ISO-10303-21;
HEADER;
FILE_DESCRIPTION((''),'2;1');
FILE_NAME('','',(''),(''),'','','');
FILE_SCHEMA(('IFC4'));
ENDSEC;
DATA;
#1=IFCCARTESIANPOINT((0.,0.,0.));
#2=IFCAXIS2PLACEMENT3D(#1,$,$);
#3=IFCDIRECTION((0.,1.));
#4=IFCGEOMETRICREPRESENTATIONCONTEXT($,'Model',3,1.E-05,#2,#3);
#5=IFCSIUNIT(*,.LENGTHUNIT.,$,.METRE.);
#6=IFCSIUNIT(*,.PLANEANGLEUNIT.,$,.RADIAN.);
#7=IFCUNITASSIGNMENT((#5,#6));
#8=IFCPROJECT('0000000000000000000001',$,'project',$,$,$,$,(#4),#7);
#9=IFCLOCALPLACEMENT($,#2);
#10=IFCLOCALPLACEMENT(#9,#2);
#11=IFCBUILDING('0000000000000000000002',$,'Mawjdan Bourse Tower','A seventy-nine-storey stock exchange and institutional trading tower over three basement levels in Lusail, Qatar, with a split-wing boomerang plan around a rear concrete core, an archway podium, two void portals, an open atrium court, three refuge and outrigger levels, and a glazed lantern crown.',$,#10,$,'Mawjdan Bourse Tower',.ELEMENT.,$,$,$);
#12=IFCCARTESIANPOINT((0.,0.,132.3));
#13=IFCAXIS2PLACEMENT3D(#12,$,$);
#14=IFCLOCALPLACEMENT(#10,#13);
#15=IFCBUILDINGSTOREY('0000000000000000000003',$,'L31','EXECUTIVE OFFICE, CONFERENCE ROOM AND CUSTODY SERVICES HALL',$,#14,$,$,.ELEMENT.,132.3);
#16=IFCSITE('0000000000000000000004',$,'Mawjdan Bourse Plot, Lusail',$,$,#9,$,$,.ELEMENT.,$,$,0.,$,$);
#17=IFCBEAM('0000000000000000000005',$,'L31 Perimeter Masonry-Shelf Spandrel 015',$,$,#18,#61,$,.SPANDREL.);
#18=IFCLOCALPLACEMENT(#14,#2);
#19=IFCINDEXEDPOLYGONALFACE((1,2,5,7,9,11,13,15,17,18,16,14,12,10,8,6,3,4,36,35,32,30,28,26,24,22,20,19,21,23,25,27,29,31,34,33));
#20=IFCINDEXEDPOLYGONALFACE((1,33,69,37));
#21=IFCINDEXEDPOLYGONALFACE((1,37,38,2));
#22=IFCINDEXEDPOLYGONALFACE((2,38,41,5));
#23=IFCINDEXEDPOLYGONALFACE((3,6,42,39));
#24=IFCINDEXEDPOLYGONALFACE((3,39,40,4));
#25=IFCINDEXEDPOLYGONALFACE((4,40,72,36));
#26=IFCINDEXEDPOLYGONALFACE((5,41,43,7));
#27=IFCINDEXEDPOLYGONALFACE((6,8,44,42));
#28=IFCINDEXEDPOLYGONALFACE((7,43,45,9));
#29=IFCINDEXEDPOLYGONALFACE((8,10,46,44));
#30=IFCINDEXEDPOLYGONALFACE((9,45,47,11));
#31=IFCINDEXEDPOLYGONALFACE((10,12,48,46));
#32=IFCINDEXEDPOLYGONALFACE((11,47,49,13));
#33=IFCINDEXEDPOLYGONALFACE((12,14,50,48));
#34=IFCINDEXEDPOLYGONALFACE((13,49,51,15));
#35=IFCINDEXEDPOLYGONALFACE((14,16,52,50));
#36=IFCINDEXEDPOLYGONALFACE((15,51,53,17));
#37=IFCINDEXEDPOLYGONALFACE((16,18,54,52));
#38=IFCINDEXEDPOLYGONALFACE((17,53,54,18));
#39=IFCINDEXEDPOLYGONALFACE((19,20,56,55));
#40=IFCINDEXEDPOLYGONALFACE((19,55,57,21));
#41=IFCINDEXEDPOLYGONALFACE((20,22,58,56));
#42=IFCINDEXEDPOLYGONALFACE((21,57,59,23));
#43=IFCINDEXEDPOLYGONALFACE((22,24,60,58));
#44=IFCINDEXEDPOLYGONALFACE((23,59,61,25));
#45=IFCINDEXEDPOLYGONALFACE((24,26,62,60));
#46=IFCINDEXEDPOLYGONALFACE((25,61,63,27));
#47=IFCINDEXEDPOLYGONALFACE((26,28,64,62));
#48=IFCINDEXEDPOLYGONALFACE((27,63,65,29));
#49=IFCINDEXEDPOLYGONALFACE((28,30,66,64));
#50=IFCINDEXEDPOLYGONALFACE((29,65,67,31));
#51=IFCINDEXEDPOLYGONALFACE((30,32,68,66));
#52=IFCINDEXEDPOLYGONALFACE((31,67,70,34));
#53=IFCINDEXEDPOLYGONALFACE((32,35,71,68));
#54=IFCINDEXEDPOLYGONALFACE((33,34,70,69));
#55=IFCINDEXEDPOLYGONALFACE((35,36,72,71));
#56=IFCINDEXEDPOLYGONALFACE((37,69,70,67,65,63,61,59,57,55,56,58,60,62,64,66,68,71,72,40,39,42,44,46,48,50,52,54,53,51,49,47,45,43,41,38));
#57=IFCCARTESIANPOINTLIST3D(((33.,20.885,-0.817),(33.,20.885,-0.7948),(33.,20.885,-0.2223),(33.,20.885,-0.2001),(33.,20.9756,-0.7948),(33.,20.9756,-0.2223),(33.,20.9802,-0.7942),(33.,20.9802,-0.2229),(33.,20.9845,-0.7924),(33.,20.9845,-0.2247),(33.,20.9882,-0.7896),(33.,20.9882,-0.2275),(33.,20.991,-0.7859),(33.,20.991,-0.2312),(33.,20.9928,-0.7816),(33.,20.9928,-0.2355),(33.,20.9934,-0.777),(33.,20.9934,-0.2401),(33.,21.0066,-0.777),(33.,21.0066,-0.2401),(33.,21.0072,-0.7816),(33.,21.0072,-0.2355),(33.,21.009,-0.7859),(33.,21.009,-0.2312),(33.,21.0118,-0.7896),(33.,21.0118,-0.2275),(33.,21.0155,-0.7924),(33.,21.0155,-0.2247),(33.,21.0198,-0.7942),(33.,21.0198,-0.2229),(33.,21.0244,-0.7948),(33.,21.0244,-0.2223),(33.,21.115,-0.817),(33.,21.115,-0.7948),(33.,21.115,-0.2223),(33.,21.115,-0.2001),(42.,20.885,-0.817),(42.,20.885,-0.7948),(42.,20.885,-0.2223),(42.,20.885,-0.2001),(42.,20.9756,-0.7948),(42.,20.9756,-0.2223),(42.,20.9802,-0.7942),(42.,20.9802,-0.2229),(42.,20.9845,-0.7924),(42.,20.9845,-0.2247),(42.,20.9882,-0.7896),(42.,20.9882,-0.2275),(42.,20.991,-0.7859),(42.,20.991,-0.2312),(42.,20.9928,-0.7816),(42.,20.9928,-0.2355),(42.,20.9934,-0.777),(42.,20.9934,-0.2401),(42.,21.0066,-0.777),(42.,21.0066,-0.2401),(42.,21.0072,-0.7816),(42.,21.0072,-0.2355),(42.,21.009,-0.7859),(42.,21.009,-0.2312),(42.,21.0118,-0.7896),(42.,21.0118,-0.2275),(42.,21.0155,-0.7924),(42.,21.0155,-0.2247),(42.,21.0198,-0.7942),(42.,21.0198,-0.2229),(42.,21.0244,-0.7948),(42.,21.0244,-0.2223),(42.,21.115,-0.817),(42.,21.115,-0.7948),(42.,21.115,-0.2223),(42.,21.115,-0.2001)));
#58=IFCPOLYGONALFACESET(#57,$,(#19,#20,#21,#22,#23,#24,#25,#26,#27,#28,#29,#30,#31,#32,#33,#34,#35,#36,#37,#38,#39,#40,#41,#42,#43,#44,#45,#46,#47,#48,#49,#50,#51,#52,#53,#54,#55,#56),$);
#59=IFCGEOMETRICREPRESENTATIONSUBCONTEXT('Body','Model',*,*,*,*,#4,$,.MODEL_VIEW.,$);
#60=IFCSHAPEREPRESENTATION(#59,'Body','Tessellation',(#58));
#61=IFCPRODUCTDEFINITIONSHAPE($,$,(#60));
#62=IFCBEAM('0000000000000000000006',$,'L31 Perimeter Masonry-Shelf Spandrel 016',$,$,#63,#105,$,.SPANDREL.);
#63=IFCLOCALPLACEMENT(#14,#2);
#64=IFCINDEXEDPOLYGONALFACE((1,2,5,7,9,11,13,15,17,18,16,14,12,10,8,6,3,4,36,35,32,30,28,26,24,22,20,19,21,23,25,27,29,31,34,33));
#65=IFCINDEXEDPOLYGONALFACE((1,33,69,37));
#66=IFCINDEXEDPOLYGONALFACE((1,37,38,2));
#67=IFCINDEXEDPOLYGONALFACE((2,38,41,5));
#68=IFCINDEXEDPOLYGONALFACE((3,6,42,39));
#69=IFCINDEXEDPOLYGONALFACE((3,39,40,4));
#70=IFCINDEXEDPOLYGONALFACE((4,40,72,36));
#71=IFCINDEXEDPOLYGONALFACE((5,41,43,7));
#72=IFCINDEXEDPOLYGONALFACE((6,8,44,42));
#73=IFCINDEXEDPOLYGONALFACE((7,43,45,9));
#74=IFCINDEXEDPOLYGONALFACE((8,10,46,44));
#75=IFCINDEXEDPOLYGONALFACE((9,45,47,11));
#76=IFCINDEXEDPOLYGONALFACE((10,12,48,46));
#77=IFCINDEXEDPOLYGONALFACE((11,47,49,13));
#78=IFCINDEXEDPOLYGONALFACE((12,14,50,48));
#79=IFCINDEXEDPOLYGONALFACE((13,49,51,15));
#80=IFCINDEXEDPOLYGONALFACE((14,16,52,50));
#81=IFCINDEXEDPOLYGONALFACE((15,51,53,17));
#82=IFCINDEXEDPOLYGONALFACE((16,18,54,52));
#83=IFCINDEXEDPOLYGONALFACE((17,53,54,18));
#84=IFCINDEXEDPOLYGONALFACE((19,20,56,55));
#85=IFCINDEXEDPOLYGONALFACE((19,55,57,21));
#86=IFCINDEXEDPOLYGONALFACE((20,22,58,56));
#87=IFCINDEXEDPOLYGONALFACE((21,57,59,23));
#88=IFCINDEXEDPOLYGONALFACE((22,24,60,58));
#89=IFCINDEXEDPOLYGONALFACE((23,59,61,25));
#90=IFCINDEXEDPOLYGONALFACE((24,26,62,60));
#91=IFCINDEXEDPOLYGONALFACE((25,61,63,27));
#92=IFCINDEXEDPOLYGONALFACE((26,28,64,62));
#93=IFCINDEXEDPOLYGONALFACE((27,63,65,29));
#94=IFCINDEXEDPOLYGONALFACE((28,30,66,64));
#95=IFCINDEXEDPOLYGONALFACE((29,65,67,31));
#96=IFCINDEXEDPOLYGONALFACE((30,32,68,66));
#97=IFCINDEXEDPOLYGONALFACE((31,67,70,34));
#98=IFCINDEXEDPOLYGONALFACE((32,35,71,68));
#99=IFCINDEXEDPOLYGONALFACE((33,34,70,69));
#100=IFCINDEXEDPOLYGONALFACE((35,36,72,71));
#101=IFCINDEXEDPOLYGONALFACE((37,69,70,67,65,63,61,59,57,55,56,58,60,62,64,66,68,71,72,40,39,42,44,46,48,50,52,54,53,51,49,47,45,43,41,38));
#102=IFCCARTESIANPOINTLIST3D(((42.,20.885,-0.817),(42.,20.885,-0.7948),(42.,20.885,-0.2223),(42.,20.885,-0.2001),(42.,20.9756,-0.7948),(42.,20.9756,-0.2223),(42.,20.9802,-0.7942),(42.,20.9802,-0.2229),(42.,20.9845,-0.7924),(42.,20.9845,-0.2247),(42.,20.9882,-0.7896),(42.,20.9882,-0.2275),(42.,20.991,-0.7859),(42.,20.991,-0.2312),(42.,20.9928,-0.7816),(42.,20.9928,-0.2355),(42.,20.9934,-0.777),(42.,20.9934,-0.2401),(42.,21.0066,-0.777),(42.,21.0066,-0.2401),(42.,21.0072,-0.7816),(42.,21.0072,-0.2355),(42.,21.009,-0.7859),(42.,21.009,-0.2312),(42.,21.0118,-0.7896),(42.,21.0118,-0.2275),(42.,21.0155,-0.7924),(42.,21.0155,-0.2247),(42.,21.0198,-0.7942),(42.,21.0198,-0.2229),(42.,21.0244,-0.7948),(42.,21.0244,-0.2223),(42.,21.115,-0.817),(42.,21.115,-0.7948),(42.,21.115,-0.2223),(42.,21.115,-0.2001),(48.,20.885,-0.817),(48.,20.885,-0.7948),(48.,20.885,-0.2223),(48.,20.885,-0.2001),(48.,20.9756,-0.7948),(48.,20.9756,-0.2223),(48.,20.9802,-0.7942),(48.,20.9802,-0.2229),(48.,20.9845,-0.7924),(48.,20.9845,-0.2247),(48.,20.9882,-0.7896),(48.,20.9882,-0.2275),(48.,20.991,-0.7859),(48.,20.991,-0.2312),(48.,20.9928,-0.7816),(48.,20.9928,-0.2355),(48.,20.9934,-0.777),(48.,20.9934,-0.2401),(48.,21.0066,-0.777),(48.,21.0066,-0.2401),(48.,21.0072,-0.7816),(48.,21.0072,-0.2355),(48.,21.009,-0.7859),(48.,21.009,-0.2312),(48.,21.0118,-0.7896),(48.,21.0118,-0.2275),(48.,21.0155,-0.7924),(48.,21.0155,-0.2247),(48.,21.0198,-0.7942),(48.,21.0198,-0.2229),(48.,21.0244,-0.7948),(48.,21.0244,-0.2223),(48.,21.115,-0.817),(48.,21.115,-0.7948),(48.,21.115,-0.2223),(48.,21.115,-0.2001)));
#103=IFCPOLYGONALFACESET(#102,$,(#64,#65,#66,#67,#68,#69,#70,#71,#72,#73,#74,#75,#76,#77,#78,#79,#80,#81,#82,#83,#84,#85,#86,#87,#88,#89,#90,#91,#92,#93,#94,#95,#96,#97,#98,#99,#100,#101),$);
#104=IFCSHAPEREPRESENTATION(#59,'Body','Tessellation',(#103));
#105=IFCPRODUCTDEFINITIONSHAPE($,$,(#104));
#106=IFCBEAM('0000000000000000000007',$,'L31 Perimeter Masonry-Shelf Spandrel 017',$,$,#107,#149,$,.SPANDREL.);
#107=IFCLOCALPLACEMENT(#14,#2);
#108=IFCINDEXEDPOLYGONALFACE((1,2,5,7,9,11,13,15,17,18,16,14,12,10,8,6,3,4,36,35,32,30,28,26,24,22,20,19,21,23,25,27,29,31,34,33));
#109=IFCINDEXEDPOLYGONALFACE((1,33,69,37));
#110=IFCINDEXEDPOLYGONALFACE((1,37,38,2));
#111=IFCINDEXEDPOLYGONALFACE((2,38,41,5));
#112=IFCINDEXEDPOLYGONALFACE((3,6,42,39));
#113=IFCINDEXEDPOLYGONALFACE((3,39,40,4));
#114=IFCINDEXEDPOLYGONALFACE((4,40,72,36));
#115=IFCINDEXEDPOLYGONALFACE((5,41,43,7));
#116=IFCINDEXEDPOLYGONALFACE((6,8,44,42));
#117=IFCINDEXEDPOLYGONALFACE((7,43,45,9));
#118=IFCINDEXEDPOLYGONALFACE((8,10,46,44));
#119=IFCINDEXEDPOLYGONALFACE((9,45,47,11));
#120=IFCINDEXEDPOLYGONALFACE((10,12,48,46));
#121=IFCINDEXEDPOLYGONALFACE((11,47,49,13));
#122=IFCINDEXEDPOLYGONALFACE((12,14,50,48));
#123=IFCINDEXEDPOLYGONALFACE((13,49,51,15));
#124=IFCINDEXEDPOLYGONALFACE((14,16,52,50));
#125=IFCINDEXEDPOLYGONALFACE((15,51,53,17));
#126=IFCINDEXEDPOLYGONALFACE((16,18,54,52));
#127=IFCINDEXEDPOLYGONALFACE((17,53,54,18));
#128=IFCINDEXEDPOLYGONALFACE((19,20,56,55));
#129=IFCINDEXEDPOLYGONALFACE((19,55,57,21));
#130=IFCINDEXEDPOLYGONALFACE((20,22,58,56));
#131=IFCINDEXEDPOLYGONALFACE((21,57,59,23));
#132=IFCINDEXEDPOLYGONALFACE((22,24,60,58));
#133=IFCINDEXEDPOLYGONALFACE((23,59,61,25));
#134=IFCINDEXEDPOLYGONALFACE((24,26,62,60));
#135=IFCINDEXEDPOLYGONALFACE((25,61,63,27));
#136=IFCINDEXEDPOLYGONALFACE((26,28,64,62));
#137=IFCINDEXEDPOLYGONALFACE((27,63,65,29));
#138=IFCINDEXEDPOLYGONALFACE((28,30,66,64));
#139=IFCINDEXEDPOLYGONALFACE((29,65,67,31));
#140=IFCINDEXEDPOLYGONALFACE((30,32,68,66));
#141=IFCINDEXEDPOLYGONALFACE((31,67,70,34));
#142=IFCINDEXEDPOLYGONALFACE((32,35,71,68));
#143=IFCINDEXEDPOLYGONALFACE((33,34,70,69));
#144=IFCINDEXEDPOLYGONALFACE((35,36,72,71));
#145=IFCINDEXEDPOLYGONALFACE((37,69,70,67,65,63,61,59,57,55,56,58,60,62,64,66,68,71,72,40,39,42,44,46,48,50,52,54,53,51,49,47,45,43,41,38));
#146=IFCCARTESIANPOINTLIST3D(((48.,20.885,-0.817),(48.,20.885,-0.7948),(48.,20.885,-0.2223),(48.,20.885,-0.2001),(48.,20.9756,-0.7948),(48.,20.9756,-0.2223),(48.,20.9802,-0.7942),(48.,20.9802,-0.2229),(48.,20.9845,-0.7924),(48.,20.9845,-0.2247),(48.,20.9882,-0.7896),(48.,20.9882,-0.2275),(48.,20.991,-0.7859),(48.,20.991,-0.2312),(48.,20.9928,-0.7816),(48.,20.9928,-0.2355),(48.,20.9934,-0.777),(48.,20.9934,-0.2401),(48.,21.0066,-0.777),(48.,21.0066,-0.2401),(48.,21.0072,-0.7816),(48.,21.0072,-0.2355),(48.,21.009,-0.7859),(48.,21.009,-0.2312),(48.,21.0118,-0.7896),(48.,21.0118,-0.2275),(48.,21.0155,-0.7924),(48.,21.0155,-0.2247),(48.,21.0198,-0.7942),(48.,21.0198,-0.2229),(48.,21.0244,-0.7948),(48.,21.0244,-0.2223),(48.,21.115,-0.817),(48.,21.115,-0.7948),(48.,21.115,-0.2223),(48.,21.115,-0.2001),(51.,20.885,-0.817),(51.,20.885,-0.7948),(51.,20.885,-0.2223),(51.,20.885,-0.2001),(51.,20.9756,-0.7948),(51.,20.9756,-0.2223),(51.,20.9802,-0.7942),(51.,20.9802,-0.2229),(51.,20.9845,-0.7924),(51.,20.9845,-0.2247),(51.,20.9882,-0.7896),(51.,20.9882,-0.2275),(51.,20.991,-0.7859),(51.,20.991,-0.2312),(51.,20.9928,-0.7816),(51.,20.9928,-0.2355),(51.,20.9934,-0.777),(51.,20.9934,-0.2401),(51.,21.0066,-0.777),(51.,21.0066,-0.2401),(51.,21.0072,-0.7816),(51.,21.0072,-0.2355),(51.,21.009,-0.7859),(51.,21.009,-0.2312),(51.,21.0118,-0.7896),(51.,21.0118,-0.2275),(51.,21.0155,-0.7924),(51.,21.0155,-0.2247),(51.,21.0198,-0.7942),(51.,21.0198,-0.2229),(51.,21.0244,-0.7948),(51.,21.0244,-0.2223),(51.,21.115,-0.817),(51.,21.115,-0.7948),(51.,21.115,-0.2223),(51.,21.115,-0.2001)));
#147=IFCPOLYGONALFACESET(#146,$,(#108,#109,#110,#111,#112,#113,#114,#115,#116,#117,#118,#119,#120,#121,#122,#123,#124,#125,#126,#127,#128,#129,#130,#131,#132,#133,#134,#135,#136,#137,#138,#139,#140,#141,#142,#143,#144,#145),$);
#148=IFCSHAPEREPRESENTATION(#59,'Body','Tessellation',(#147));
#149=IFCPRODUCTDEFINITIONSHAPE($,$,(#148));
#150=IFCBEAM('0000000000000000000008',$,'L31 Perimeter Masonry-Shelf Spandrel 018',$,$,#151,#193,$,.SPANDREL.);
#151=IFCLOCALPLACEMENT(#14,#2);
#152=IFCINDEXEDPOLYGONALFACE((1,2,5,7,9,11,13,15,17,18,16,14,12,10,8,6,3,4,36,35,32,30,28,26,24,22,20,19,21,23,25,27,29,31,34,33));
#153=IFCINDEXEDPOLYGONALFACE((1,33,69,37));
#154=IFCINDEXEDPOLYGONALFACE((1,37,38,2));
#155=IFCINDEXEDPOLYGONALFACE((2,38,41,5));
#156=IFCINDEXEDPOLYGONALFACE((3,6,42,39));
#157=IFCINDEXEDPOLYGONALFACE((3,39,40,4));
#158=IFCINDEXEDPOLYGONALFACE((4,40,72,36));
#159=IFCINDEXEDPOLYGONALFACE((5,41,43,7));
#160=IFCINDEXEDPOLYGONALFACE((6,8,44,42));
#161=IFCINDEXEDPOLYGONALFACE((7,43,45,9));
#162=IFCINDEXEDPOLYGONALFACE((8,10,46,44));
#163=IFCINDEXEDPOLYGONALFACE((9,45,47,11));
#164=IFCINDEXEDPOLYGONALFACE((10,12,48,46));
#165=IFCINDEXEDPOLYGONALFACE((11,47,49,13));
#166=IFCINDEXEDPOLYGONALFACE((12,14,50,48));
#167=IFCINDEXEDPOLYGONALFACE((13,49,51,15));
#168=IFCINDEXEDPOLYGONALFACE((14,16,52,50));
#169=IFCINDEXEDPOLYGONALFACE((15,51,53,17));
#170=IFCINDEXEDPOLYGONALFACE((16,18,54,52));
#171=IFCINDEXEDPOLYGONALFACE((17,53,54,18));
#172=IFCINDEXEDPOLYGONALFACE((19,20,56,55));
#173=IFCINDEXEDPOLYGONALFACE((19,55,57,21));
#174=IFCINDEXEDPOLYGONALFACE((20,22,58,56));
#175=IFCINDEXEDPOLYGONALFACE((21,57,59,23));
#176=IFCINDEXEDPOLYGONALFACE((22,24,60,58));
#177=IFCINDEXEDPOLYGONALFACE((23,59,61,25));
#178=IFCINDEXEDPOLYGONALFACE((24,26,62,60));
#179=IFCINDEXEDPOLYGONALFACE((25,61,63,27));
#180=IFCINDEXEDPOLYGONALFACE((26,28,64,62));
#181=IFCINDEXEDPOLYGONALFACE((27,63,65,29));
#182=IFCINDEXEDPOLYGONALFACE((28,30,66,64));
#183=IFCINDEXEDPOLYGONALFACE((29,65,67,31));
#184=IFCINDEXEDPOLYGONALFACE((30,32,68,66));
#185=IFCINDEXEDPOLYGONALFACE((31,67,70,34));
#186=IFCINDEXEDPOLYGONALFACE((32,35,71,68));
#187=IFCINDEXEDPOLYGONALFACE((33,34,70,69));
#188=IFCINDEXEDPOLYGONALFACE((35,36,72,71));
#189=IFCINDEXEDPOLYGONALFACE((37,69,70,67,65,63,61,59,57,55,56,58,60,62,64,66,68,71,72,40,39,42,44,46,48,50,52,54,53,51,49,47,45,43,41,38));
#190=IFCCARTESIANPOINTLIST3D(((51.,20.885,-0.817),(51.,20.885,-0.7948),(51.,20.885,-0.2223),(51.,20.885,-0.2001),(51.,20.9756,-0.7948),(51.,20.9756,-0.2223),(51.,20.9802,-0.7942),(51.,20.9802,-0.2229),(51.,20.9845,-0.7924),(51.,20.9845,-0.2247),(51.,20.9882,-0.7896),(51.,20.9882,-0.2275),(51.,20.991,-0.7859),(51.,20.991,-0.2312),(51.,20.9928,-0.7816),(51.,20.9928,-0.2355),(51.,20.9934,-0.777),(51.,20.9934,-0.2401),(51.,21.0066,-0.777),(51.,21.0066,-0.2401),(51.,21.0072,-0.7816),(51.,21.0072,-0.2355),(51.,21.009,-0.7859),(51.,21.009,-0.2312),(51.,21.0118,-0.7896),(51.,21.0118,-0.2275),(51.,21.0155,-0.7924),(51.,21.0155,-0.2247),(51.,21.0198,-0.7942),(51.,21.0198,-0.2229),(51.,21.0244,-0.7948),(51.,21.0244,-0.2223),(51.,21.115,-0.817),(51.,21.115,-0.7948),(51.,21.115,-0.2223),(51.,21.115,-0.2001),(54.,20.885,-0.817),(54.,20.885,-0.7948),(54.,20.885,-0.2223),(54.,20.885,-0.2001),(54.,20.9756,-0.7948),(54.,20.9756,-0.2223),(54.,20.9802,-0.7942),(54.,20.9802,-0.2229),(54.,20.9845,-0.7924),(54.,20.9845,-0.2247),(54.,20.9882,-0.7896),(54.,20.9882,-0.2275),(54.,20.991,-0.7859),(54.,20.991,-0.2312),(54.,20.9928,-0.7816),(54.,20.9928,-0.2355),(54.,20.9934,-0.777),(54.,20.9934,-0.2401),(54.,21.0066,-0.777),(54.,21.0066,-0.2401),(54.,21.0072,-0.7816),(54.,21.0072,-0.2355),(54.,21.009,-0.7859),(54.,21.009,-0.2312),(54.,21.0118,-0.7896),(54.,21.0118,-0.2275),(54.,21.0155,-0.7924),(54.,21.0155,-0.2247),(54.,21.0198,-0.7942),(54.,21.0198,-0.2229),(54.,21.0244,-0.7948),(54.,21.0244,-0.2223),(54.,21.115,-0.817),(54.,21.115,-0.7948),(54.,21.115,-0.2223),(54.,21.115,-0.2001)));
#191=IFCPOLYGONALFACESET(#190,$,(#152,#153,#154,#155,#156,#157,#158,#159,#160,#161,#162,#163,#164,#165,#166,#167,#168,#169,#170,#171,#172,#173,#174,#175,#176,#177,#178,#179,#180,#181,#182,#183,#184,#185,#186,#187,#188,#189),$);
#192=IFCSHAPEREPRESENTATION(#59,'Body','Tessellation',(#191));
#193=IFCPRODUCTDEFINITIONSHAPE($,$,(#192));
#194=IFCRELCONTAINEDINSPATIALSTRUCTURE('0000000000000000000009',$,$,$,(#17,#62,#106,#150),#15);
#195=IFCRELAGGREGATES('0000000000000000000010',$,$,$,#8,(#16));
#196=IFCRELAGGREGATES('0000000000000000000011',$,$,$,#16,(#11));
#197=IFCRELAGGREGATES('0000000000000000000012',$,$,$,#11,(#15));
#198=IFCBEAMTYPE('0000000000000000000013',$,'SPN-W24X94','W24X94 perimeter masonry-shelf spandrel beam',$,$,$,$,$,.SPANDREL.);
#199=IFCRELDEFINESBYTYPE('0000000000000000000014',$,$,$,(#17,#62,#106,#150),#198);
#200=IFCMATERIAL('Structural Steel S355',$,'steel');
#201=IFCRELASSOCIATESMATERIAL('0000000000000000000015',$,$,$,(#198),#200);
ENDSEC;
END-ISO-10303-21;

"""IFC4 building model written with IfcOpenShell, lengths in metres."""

from ifc_helpers import new_model, si_unit, direction, frame, origin, origin_2d, place, context, subcontext, project, spatial, i_section, extrude, material, material_profile, profile_set, type_object, element, save


model = new_model("IFC4")

# Units and contexts
model_context = context("Model", 3, precision=1e-05, world=origin(), true_north=direction((0.0, 1.0)))
body_context = subcontext(model_context, "Body", "Model", "MODEL_VIEW")
ifc_project = project(units=[si_unit("LENGTHUNIT", "METRE"), si_unit("PLANEANGLEUNIT", "RADIAN")], contexts=[model_context])

# Site, building, storey
site_placement = place(None, origin())
site = spatial("IfcSite", under=ifc_project, at=site_placement, Name="Mawjdan Bourse Plot, Lusail", CompositionType="ELEMENT", RefElevation=0.0)
building_placement = place(site_placement, origin())
building = spatial("IfcBuilding", under=site, at=building_placement, Name="Mawjdan Bourse Tower", Description="A seventy-nine-storey stock exchange and institutional trading tower over three basement levels in Lusail, Qatar, with a split-wing boomerang plan around a rear concrete core, an archway podium, two void portals, an open atrium court, three refuge and outrigger levels, and a glazed lantern crown.", LongName="Mawjdan Bourse Tower", CompositionType="ELEMENT")
storey_placement = place(building_placement, frame((0.0, 0.0, 132.3)))
storey = spatial("IfcBuildingStorey", under=building, at=storey_placement, Name="L31", Description="EXECUTIVE OFFICE, CONFERENCE ROOM AND CUSTODY SERVICES HALL", CompositionType="ELEMENT", Elevation=132.3)

# Shared definitions
ifc_material_1 = material(Name="Structural Steel S355", Category="steel")

# Beams
ifc_material_profile_1 = material_profile(ifc_material_1, i_section(OverallWidth=0.23, OverallDepth=0.6169, WebThickness=0.0132, FlangeThickness=0.0222, FilletRadius=0.0178, at=origin_2d()), Name="W24X94")
ifc_profile_set_1 = profile_set([ifc_material_profile_1], Name="Structural Steel S355")
beam_type_1 = type_object("IfcBeamType", Name="SPN-W24X94", Description="W24X94 perimeter masonry-shelf spandrel beam", PredefinedType="SPANDREL", material=ifc_profile_set_1)
beam_1_placement = place(storey_placement, frame((33.0, 21.0, -0.5085), z_axis=(1.0, 0.0, 0.0), x_axis=(0.0, 1.0, 0.0)))
element("IfcBeam", 1, at=beam_1_placement, inside=storey, type_object=beam_type_1, Name="L31 Perimeter Masonry-Shelf Spandrel 015", PredefinedType="SPANDREL", context=body_context, shape_type="SweptSolid", body=[
    extrude(i_section(OverallWidth=0.23, OverallDepth=0.6169, WebThickness=0.0132, FlangeThickness=0.0222, FilletRadius=0.0178, at=origin_2d()), origin(), (0.0, 0.0, 1.0), 9.0),
])
beam_2_placement = place(storey_placement, frame((42.0, 21.0, -0.5085), z_axis=(1.0, 0.0, 0.0), x_axis=(0.0, 1.0, 0.0)))
element("IfcBeam", 2, at=beam_2_placement, inside=storey, type_object=beam_type_1, Name="L31 Perimeter Masonry-Shelf Spandrel 016", PredefinedType="SPANDREL", context=body_context, shape_type="SweptSolid", body=[
    extrude(i_section(OverallWidth=0.23, OverallDepth=0.6169, WebThickness=0.0132, FlangeThickness=0.0222, FilletRadius=0.0178, at=origin_2d()), origin(), (0.0, 0.0, 1.0), 6.0),
])
for number, where, z_axis, x_axis, name in (
    (3, (48.0, 21.0, -0.5085), (1.0, 0.0, 0.0), (0.0, 1.0, 0.0), "L31 Perimeter Masonry-Shelf Spandrel 017"),
    (4, (51.0, 21.0, -0.5085), (1.0, 0.0, 0.0), (0.0, 1.0, 0.0), "L31 Perimeter Masonry-Shelf Spandrel 018"),
):
    element("IfcBeam", number, at=place(storey_placement, frame(where, z_axis=z_axis, x_axis=x_axis)), inside=storey, type_object=beam_type_1, Name=name, PredefinedType="SPANDREL", context=body_context, shape_type="SweptSolid", body=[
        extrude(i_section(OverallWidth=0.23, OverallDepth=0.6169, WebThickness=0.0132, FlangeThickness=0.0222, FilletRadius=0.0178, at=origin_2d()), origin(), (0.0, 0.0, 1.0), 3.0),
    ])

save(model, "model.ifc")
